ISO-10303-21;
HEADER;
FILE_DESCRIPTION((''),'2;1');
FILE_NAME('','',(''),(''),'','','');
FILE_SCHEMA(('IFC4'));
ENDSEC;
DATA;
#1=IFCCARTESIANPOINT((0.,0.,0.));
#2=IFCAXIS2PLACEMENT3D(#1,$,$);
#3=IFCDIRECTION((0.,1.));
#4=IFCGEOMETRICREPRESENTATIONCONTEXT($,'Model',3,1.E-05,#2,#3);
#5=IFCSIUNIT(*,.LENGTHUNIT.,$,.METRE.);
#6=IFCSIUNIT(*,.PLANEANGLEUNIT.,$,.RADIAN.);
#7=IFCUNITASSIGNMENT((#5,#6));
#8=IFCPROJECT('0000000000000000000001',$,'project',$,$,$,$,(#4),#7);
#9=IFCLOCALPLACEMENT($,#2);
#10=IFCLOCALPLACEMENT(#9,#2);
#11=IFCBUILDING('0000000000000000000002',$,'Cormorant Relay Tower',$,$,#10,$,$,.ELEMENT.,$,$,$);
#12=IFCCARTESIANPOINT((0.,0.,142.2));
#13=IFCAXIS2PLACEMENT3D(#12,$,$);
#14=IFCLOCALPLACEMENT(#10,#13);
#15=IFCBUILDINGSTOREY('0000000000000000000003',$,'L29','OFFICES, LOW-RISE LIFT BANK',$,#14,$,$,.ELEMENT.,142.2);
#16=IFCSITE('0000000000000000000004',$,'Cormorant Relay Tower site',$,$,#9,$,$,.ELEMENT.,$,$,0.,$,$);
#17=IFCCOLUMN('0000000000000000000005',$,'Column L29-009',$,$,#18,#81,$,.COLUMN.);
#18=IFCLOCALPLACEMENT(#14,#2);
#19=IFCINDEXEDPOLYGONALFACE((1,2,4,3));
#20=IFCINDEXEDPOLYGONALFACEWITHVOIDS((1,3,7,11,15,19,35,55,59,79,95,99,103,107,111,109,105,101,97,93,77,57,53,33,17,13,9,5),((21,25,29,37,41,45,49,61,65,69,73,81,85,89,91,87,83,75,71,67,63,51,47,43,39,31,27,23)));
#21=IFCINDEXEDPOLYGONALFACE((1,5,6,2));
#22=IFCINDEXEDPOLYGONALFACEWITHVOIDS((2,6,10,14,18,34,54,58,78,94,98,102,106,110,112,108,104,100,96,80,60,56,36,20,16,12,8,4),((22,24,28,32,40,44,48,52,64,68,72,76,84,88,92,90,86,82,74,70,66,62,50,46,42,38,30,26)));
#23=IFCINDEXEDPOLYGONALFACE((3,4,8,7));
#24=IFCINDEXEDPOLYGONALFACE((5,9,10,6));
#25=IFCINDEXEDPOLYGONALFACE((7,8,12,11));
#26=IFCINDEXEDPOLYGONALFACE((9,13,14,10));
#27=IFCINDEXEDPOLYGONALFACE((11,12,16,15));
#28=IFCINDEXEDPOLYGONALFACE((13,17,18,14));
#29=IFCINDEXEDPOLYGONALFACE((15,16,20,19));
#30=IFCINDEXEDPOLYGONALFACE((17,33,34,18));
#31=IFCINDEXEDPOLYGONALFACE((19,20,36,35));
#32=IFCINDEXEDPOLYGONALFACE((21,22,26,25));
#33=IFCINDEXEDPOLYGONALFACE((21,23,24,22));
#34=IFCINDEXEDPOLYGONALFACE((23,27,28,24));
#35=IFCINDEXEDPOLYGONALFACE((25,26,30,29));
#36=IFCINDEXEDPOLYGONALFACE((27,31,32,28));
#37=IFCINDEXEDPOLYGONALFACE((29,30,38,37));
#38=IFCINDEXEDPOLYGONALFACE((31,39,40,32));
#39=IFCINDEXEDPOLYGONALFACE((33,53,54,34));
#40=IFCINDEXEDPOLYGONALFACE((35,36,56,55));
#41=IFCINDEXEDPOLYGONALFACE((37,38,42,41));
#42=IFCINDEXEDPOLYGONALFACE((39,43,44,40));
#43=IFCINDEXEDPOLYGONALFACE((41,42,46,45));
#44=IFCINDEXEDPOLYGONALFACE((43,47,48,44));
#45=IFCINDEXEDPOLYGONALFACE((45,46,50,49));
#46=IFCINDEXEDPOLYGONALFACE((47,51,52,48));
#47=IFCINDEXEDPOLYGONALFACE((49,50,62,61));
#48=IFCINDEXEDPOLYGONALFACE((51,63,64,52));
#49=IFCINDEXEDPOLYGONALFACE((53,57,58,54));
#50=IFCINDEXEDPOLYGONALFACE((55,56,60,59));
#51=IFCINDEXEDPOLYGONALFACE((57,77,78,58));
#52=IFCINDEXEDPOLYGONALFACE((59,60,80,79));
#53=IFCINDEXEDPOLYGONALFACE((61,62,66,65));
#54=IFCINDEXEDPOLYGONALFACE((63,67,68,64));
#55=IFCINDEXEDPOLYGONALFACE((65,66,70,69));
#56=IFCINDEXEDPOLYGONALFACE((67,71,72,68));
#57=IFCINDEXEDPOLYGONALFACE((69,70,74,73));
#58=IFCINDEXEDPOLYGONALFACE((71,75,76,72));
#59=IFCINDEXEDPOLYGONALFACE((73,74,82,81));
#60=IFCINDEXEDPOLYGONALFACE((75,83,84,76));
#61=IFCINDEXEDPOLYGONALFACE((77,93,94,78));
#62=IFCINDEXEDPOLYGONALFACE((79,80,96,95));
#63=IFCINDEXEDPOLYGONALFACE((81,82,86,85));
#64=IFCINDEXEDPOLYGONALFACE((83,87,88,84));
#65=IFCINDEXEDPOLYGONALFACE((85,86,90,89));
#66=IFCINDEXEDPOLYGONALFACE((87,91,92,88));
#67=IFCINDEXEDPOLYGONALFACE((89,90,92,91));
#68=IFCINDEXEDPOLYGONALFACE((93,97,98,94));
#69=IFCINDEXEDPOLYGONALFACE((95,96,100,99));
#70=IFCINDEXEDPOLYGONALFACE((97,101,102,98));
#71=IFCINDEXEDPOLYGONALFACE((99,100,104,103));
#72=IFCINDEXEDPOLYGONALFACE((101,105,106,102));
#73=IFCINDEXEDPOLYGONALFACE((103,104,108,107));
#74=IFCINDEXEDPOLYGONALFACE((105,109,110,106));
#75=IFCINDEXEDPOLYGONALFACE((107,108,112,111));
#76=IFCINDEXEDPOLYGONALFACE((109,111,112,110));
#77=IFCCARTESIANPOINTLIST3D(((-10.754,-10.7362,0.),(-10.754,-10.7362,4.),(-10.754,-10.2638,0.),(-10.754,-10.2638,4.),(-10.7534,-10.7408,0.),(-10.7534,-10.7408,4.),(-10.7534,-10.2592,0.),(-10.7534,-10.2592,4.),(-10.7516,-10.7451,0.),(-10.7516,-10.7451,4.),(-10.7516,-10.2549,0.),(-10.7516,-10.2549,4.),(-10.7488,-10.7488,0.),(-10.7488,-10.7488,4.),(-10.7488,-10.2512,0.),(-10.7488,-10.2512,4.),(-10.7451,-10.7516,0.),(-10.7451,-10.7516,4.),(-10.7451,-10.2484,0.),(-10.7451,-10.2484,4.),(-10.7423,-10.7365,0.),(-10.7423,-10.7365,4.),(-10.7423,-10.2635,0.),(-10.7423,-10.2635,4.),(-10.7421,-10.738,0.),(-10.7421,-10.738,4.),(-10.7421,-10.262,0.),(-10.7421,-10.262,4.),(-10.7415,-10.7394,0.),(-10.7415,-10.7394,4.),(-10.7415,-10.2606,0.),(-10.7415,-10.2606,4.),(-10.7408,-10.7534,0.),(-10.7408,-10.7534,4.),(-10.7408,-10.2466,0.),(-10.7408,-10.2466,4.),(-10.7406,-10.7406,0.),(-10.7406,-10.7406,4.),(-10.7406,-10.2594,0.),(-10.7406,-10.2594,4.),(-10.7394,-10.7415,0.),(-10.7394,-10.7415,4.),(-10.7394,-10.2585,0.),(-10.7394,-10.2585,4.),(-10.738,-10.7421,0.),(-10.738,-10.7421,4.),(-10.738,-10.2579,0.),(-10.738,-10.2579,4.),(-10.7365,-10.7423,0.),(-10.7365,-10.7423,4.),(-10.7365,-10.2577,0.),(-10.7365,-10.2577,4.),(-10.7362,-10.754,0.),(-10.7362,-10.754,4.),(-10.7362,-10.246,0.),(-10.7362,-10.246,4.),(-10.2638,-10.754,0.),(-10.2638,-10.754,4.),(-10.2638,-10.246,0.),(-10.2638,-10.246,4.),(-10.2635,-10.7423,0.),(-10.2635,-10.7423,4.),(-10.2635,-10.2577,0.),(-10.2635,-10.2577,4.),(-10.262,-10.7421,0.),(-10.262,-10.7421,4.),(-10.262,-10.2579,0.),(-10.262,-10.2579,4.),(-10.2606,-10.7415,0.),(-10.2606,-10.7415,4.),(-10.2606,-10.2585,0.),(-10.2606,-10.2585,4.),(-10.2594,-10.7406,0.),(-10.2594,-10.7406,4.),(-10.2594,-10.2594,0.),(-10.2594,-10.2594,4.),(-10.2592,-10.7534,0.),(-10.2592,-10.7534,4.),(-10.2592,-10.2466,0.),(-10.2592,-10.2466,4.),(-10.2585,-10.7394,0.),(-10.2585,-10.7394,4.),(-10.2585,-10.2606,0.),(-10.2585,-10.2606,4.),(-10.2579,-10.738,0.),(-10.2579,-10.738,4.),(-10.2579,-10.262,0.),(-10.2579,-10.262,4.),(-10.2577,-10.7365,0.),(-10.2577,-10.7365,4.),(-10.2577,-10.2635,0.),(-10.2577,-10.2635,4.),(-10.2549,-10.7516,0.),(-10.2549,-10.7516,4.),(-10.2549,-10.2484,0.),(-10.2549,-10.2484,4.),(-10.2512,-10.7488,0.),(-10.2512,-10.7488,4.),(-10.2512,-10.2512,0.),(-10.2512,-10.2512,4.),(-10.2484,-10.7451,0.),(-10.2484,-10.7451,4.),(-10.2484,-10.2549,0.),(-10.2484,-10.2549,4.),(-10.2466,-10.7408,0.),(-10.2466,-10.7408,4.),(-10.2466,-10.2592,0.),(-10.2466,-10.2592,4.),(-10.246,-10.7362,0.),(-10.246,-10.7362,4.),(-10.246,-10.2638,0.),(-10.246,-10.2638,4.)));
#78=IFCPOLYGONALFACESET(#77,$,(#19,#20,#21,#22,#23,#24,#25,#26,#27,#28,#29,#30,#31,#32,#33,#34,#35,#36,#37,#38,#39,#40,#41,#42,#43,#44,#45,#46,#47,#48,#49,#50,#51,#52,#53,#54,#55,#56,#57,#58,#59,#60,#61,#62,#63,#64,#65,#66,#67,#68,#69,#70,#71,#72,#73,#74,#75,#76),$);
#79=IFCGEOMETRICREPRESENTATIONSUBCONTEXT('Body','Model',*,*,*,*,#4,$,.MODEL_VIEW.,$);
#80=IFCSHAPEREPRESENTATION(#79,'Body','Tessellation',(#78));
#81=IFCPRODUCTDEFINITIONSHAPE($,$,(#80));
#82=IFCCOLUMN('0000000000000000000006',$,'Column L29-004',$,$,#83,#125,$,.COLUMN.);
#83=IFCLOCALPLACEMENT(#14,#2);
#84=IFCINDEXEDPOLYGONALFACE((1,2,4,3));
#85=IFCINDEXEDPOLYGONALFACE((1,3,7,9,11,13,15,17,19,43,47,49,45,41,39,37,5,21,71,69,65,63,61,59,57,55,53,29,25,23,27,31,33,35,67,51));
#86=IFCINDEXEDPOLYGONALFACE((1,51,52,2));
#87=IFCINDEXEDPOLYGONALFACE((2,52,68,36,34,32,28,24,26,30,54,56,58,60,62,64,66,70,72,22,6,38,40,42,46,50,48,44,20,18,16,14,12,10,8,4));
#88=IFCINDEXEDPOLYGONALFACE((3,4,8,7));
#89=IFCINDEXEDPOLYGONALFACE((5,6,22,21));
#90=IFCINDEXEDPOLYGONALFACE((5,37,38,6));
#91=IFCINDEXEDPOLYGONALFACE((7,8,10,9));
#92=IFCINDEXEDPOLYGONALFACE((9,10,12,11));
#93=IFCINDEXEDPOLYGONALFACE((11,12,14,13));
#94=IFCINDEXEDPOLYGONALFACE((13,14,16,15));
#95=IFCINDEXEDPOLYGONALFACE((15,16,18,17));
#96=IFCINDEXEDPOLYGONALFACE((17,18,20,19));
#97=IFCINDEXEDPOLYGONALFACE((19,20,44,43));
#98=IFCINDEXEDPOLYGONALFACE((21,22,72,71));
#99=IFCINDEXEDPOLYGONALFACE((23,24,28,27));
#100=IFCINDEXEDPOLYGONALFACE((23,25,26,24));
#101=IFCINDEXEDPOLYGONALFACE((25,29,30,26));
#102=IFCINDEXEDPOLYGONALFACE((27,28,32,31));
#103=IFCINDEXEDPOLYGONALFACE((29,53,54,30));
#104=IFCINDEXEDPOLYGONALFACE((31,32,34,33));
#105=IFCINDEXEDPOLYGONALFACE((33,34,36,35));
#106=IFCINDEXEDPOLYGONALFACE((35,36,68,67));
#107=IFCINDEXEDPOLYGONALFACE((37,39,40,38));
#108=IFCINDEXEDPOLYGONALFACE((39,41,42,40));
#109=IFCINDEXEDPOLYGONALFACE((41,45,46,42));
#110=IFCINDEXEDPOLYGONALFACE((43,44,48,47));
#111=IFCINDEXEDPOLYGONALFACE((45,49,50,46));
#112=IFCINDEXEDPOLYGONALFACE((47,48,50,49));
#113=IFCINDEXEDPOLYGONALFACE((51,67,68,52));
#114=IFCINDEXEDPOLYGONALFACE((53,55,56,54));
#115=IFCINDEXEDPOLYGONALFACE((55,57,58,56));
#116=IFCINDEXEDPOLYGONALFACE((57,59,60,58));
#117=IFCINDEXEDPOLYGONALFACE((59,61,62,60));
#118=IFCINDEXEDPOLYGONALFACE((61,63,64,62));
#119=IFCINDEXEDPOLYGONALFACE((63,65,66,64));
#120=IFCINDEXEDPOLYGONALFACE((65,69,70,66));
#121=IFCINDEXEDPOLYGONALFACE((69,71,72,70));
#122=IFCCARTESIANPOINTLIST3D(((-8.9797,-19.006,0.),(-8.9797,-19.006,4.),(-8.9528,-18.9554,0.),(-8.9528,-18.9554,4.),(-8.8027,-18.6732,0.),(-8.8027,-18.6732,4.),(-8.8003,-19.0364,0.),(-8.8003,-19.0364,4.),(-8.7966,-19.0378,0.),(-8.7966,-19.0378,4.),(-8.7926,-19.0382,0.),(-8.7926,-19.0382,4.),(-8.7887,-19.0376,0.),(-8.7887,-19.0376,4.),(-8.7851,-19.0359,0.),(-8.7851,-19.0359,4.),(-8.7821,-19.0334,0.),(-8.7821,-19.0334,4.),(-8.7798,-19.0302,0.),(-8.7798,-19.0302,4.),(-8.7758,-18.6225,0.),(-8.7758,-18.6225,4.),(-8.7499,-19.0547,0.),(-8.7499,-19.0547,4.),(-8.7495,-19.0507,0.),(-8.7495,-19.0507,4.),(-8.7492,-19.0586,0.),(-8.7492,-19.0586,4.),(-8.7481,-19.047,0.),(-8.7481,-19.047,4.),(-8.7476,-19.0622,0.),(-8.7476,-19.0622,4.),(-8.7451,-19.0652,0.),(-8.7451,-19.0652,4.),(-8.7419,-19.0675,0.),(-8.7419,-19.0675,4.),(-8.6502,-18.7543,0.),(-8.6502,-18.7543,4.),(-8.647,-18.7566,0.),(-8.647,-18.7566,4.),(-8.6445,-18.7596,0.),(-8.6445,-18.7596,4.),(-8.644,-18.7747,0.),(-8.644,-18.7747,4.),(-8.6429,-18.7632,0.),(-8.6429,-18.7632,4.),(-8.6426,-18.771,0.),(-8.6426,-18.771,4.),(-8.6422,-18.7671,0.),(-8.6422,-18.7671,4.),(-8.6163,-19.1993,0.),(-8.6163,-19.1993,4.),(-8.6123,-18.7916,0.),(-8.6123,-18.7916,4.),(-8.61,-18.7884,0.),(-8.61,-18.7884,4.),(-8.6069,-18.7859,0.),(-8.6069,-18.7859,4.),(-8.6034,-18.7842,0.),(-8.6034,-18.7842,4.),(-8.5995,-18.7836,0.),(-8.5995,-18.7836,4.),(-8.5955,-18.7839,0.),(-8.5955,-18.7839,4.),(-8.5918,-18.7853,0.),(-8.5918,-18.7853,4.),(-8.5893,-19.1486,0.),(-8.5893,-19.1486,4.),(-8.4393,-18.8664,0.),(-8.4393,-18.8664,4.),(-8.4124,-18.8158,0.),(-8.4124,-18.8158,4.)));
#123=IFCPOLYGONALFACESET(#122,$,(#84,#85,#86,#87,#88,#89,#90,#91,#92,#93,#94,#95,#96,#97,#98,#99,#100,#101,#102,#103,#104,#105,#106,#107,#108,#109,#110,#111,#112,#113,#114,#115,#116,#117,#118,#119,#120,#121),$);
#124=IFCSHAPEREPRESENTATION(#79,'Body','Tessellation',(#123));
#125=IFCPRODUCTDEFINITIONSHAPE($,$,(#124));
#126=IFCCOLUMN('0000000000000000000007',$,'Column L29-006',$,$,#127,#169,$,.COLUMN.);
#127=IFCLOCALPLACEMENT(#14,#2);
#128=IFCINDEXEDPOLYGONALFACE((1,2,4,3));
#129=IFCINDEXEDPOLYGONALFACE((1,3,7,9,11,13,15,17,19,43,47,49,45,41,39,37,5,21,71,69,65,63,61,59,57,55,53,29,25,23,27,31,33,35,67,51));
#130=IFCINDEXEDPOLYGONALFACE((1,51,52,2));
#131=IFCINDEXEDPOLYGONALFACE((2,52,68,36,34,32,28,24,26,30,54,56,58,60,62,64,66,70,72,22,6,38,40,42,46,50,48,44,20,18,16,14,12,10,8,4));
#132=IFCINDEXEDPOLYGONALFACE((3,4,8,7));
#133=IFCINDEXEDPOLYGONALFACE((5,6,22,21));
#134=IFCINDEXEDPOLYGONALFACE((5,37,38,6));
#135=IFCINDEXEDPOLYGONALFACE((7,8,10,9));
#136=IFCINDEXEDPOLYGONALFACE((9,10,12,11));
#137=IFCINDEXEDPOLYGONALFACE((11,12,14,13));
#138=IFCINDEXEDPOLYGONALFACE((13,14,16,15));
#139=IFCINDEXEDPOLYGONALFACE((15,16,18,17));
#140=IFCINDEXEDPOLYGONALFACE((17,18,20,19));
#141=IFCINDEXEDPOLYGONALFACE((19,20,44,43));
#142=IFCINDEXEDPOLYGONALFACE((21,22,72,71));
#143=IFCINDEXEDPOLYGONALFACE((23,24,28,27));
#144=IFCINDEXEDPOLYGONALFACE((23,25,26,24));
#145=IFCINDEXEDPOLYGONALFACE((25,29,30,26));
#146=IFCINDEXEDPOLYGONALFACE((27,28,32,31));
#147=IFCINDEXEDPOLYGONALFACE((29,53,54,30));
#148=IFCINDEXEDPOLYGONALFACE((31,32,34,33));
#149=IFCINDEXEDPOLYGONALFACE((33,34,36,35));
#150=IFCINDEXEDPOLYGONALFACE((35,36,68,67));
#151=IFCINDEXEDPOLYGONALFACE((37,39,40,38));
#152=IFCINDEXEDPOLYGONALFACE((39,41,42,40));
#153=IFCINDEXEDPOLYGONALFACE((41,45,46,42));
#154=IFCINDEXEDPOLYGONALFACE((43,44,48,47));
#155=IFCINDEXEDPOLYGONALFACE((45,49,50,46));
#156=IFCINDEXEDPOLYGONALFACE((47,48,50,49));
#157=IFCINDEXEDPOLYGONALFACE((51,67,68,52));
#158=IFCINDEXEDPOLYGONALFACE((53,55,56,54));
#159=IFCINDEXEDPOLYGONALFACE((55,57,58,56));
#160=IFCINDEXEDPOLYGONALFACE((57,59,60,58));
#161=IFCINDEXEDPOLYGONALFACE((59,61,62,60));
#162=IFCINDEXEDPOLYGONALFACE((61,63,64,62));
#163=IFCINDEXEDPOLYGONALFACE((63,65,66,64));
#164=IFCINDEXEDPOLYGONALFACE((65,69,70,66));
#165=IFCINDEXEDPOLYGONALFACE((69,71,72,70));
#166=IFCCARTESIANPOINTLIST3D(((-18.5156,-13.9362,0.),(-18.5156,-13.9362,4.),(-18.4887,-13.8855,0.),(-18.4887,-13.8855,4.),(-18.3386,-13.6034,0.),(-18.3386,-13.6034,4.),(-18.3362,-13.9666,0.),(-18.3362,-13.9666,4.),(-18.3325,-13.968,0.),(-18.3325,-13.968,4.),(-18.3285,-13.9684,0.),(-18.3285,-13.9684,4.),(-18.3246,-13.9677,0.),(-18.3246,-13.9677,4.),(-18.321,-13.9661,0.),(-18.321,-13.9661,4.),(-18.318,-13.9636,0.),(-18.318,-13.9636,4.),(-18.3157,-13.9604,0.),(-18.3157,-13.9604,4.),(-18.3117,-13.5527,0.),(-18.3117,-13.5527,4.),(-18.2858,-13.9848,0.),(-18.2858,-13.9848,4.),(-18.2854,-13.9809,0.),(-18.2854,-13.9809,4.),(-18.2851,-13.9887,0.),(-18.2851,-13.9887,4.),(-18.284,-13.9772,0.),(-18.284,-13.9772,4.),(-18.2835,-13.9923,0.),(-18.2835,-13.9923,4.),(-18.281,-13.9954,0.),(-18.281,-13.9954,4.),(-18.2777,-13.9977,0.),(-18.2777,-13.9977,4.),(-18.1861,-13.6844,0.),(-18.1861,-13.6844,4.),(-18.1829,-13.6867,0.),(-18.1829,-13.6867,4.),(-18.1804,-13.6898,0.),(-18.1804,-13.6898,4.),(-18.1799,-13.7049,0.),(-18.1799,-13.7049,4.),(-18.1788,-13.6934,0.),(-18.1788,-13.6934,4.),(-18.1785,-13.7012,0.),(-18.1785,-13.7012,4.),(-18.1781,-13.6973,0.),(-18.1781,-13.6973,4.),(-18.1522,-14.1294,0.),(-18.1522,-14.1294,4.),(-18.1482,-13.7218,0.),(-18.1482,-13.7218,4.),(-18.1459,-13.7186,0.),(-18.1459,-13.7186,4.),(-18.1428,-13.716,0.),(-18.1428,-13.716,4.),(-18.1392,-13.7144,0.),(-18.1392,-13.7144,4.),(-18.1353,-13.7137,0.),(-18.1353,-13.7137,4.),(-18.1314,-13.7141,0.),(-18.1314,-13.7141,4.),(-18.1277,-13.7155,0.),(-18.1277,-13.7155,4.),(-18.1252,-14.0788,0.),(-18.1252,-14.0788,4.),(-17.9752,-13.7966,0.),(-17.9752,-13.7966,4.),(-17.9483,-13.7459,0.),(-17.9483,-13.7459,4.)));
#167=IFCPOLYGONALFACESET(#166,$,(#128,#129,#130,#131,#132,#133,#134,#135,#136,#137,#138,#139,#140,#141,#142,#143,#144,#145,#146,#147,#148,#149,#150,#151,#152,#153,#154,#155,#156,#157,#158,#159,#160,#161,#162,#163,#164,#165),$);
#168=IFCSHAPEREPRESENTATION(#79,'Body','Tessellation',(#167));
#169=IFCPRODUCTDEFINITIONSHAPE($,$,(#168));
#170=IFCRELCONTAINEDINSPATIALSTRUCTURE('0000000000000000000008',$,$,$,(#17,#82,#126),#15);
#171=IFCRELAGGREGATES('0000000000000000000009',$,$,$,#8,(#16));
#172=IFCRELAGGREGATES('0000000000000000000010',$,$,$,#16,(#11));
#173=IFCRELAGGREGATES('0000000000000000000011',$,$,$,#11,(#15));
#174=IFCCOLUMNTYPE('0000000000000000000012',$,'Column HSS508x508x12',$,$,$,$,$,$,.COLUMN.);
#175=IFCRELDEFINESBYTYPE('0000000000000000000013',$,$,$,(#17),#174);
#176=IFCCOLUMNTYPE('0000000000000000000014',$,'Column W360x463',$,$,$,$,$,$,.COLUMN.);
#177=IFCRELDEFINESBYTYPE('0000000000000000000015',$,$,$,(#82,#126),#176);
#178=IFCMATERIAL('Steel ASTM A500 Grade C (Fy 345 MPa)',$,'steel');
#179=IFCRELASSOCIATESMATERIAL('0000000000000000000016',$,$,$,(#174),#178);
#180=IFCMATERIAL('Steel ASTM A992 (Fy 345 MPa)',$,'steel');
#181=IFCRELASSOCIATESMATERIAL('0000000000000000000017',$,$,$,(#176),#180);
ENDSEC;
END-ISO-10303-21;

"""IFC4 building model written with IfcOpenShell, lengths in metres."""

from ifc_helpers import new_model, si_unit, direction, frame, origin, origin_2d, place, context, subcontext, project, spatial, hollow_rectangle, i_section, extrude, material, material_profile, profile_set, type_object, element, save


model = new_model("IFC4")

# Units and contexts
model_context = context("Model", 3, precision=1e-05, world=origin(), true_north=direction((0.0, 1.0)))
body_context = subcontext(model_context, "Body", "Model", "MODEL_VIEW")
ifc_project = project(units=[si_unit("LENGTHUNIT", "METRE"), si_unit("PLANEANGLEUNIT", "RADIAN")], contexts=[model_context])

# Site, building, storey
site_placement = place(None, origin())
site = spatial("IfcSite", under=ifc_project, at=site_placement, Name="Cormorant Relay Tower site", CompositionType="ELEMENT", RefElevation=0.0)
building_placement = place(site_placement, origin())
building = spatial("IfcBuilding", under=site, at=building_placement, Name="Cormorant Relay Tower", CompositionType="ELEMENT")
storey_placement = place(building_placement, frame((0.0, 0.0, 142.2)))
storey = spatial("IfcBuildingStorey", under=building, at=storey_placement, Name="L29", Description="OFFICES, LOW-RISE LIFT BANK", CompositionType="ELEMENT", Elevation=142.2)

# Columns
ifc_material_1 = material(Name="Steel ASTM A500 Grade C (Fy 345 MPa)", Category="steel")
ifc_material_profile_1 = material_profile(ifc_material_1, hollow_rectangle(XDim=0.5081, YDim=0.5081, WallThickness=0.0117, InnerFilletRadius=0.0059, OuterFilletRadius=0.0178, at=origin_2d()), Name="HSS508x508x12")
ifc_profile_set_1 = profile_set([ifc_material_profile_1], Name="Steel ASTM A500 Grade C (Fy 345 MPa)")
column_type_1 = type_object("IfcColumnType", Name="Column HSS508x508x12", PredefinedType="COLUMN", material=ifc_profile_set_1)
column_1_placement = place(storey_placement, frame((-10.5, -10.5, 0.0), z_axis=(0.0, 0.0, 1.0), x_axis=(1.0, 0.0, 0.0)))
element("IfcColumn", 1, at=column_1_placement, inside=storey, type_object=column_type_1, Name="Column L29-009", PredefinedType="COLUMN", context=body_context, shape_type="SweptSolid", body=[
    extrude(hollow_rectangle(XDim=0.5081, YDim=0.5081, WallThickness=0.0117, InnerFilletRadius=0.0059, OuterFilletRadius=0.0178, at=origin_2d()), origin(), (0.0, 0.0, 1.0), 4.0),
])
ifc_material_2 = material(Name="Steel ASTM A992 (Fy 345 MPa)", Category="steel")
ifc_material_profile_2 = material_profile(ifc_material_2, i_section(OverallWidth=0.4116, OverallDepth=0.4343, WebThickness=0.0359, FlangeThickness=0.0574, FilletRadius=0.0151, at=origin_2d()), Name="W360x463")
ifc_profile_set_2 = profile_set([ifc_material_profile_2], Name="Steel ASTM A992 (Fy 345 MPa)")
column_type_2 = type_object("IfcColumnType", Name="Column W360x463", PredefinedType="COLUMN", material=ifc_profile_set_2)
for number, where, z_axis, x_axis, name in (
    (2, (-8.696, -18.9109, 0.0), (0.0, 0.0, 1.0), (0.882948, -0.469472, 0.0), "Column L29-004"),
    (3, (-18.2319, -13.8411, 0.0), (0.0, 0.0, 1.0), (0.882948, -0.469472, 0.0), "Column L29-006"),
):
    element("IfcColumn", number, at=place(storey_placement, frame(where, z_axis=z_axis, x_axis=x_axis)), inside=storey, type_object=column_type_2, Name=name, PredefinedType="COLUMN", context=body_context, shape_type="SweptSolid", body=[
        extrude(i_section(OverallWidth=0.4116, OverallDepth=0.4343, WebThickness=0.0359, FlangeThickness=0.0574, FilletRadius=0.0151, at=origin_2d()), origin(), (0.0, 0.0, 1.0), 4.0),
    ])

save(model, "model.ifc")
